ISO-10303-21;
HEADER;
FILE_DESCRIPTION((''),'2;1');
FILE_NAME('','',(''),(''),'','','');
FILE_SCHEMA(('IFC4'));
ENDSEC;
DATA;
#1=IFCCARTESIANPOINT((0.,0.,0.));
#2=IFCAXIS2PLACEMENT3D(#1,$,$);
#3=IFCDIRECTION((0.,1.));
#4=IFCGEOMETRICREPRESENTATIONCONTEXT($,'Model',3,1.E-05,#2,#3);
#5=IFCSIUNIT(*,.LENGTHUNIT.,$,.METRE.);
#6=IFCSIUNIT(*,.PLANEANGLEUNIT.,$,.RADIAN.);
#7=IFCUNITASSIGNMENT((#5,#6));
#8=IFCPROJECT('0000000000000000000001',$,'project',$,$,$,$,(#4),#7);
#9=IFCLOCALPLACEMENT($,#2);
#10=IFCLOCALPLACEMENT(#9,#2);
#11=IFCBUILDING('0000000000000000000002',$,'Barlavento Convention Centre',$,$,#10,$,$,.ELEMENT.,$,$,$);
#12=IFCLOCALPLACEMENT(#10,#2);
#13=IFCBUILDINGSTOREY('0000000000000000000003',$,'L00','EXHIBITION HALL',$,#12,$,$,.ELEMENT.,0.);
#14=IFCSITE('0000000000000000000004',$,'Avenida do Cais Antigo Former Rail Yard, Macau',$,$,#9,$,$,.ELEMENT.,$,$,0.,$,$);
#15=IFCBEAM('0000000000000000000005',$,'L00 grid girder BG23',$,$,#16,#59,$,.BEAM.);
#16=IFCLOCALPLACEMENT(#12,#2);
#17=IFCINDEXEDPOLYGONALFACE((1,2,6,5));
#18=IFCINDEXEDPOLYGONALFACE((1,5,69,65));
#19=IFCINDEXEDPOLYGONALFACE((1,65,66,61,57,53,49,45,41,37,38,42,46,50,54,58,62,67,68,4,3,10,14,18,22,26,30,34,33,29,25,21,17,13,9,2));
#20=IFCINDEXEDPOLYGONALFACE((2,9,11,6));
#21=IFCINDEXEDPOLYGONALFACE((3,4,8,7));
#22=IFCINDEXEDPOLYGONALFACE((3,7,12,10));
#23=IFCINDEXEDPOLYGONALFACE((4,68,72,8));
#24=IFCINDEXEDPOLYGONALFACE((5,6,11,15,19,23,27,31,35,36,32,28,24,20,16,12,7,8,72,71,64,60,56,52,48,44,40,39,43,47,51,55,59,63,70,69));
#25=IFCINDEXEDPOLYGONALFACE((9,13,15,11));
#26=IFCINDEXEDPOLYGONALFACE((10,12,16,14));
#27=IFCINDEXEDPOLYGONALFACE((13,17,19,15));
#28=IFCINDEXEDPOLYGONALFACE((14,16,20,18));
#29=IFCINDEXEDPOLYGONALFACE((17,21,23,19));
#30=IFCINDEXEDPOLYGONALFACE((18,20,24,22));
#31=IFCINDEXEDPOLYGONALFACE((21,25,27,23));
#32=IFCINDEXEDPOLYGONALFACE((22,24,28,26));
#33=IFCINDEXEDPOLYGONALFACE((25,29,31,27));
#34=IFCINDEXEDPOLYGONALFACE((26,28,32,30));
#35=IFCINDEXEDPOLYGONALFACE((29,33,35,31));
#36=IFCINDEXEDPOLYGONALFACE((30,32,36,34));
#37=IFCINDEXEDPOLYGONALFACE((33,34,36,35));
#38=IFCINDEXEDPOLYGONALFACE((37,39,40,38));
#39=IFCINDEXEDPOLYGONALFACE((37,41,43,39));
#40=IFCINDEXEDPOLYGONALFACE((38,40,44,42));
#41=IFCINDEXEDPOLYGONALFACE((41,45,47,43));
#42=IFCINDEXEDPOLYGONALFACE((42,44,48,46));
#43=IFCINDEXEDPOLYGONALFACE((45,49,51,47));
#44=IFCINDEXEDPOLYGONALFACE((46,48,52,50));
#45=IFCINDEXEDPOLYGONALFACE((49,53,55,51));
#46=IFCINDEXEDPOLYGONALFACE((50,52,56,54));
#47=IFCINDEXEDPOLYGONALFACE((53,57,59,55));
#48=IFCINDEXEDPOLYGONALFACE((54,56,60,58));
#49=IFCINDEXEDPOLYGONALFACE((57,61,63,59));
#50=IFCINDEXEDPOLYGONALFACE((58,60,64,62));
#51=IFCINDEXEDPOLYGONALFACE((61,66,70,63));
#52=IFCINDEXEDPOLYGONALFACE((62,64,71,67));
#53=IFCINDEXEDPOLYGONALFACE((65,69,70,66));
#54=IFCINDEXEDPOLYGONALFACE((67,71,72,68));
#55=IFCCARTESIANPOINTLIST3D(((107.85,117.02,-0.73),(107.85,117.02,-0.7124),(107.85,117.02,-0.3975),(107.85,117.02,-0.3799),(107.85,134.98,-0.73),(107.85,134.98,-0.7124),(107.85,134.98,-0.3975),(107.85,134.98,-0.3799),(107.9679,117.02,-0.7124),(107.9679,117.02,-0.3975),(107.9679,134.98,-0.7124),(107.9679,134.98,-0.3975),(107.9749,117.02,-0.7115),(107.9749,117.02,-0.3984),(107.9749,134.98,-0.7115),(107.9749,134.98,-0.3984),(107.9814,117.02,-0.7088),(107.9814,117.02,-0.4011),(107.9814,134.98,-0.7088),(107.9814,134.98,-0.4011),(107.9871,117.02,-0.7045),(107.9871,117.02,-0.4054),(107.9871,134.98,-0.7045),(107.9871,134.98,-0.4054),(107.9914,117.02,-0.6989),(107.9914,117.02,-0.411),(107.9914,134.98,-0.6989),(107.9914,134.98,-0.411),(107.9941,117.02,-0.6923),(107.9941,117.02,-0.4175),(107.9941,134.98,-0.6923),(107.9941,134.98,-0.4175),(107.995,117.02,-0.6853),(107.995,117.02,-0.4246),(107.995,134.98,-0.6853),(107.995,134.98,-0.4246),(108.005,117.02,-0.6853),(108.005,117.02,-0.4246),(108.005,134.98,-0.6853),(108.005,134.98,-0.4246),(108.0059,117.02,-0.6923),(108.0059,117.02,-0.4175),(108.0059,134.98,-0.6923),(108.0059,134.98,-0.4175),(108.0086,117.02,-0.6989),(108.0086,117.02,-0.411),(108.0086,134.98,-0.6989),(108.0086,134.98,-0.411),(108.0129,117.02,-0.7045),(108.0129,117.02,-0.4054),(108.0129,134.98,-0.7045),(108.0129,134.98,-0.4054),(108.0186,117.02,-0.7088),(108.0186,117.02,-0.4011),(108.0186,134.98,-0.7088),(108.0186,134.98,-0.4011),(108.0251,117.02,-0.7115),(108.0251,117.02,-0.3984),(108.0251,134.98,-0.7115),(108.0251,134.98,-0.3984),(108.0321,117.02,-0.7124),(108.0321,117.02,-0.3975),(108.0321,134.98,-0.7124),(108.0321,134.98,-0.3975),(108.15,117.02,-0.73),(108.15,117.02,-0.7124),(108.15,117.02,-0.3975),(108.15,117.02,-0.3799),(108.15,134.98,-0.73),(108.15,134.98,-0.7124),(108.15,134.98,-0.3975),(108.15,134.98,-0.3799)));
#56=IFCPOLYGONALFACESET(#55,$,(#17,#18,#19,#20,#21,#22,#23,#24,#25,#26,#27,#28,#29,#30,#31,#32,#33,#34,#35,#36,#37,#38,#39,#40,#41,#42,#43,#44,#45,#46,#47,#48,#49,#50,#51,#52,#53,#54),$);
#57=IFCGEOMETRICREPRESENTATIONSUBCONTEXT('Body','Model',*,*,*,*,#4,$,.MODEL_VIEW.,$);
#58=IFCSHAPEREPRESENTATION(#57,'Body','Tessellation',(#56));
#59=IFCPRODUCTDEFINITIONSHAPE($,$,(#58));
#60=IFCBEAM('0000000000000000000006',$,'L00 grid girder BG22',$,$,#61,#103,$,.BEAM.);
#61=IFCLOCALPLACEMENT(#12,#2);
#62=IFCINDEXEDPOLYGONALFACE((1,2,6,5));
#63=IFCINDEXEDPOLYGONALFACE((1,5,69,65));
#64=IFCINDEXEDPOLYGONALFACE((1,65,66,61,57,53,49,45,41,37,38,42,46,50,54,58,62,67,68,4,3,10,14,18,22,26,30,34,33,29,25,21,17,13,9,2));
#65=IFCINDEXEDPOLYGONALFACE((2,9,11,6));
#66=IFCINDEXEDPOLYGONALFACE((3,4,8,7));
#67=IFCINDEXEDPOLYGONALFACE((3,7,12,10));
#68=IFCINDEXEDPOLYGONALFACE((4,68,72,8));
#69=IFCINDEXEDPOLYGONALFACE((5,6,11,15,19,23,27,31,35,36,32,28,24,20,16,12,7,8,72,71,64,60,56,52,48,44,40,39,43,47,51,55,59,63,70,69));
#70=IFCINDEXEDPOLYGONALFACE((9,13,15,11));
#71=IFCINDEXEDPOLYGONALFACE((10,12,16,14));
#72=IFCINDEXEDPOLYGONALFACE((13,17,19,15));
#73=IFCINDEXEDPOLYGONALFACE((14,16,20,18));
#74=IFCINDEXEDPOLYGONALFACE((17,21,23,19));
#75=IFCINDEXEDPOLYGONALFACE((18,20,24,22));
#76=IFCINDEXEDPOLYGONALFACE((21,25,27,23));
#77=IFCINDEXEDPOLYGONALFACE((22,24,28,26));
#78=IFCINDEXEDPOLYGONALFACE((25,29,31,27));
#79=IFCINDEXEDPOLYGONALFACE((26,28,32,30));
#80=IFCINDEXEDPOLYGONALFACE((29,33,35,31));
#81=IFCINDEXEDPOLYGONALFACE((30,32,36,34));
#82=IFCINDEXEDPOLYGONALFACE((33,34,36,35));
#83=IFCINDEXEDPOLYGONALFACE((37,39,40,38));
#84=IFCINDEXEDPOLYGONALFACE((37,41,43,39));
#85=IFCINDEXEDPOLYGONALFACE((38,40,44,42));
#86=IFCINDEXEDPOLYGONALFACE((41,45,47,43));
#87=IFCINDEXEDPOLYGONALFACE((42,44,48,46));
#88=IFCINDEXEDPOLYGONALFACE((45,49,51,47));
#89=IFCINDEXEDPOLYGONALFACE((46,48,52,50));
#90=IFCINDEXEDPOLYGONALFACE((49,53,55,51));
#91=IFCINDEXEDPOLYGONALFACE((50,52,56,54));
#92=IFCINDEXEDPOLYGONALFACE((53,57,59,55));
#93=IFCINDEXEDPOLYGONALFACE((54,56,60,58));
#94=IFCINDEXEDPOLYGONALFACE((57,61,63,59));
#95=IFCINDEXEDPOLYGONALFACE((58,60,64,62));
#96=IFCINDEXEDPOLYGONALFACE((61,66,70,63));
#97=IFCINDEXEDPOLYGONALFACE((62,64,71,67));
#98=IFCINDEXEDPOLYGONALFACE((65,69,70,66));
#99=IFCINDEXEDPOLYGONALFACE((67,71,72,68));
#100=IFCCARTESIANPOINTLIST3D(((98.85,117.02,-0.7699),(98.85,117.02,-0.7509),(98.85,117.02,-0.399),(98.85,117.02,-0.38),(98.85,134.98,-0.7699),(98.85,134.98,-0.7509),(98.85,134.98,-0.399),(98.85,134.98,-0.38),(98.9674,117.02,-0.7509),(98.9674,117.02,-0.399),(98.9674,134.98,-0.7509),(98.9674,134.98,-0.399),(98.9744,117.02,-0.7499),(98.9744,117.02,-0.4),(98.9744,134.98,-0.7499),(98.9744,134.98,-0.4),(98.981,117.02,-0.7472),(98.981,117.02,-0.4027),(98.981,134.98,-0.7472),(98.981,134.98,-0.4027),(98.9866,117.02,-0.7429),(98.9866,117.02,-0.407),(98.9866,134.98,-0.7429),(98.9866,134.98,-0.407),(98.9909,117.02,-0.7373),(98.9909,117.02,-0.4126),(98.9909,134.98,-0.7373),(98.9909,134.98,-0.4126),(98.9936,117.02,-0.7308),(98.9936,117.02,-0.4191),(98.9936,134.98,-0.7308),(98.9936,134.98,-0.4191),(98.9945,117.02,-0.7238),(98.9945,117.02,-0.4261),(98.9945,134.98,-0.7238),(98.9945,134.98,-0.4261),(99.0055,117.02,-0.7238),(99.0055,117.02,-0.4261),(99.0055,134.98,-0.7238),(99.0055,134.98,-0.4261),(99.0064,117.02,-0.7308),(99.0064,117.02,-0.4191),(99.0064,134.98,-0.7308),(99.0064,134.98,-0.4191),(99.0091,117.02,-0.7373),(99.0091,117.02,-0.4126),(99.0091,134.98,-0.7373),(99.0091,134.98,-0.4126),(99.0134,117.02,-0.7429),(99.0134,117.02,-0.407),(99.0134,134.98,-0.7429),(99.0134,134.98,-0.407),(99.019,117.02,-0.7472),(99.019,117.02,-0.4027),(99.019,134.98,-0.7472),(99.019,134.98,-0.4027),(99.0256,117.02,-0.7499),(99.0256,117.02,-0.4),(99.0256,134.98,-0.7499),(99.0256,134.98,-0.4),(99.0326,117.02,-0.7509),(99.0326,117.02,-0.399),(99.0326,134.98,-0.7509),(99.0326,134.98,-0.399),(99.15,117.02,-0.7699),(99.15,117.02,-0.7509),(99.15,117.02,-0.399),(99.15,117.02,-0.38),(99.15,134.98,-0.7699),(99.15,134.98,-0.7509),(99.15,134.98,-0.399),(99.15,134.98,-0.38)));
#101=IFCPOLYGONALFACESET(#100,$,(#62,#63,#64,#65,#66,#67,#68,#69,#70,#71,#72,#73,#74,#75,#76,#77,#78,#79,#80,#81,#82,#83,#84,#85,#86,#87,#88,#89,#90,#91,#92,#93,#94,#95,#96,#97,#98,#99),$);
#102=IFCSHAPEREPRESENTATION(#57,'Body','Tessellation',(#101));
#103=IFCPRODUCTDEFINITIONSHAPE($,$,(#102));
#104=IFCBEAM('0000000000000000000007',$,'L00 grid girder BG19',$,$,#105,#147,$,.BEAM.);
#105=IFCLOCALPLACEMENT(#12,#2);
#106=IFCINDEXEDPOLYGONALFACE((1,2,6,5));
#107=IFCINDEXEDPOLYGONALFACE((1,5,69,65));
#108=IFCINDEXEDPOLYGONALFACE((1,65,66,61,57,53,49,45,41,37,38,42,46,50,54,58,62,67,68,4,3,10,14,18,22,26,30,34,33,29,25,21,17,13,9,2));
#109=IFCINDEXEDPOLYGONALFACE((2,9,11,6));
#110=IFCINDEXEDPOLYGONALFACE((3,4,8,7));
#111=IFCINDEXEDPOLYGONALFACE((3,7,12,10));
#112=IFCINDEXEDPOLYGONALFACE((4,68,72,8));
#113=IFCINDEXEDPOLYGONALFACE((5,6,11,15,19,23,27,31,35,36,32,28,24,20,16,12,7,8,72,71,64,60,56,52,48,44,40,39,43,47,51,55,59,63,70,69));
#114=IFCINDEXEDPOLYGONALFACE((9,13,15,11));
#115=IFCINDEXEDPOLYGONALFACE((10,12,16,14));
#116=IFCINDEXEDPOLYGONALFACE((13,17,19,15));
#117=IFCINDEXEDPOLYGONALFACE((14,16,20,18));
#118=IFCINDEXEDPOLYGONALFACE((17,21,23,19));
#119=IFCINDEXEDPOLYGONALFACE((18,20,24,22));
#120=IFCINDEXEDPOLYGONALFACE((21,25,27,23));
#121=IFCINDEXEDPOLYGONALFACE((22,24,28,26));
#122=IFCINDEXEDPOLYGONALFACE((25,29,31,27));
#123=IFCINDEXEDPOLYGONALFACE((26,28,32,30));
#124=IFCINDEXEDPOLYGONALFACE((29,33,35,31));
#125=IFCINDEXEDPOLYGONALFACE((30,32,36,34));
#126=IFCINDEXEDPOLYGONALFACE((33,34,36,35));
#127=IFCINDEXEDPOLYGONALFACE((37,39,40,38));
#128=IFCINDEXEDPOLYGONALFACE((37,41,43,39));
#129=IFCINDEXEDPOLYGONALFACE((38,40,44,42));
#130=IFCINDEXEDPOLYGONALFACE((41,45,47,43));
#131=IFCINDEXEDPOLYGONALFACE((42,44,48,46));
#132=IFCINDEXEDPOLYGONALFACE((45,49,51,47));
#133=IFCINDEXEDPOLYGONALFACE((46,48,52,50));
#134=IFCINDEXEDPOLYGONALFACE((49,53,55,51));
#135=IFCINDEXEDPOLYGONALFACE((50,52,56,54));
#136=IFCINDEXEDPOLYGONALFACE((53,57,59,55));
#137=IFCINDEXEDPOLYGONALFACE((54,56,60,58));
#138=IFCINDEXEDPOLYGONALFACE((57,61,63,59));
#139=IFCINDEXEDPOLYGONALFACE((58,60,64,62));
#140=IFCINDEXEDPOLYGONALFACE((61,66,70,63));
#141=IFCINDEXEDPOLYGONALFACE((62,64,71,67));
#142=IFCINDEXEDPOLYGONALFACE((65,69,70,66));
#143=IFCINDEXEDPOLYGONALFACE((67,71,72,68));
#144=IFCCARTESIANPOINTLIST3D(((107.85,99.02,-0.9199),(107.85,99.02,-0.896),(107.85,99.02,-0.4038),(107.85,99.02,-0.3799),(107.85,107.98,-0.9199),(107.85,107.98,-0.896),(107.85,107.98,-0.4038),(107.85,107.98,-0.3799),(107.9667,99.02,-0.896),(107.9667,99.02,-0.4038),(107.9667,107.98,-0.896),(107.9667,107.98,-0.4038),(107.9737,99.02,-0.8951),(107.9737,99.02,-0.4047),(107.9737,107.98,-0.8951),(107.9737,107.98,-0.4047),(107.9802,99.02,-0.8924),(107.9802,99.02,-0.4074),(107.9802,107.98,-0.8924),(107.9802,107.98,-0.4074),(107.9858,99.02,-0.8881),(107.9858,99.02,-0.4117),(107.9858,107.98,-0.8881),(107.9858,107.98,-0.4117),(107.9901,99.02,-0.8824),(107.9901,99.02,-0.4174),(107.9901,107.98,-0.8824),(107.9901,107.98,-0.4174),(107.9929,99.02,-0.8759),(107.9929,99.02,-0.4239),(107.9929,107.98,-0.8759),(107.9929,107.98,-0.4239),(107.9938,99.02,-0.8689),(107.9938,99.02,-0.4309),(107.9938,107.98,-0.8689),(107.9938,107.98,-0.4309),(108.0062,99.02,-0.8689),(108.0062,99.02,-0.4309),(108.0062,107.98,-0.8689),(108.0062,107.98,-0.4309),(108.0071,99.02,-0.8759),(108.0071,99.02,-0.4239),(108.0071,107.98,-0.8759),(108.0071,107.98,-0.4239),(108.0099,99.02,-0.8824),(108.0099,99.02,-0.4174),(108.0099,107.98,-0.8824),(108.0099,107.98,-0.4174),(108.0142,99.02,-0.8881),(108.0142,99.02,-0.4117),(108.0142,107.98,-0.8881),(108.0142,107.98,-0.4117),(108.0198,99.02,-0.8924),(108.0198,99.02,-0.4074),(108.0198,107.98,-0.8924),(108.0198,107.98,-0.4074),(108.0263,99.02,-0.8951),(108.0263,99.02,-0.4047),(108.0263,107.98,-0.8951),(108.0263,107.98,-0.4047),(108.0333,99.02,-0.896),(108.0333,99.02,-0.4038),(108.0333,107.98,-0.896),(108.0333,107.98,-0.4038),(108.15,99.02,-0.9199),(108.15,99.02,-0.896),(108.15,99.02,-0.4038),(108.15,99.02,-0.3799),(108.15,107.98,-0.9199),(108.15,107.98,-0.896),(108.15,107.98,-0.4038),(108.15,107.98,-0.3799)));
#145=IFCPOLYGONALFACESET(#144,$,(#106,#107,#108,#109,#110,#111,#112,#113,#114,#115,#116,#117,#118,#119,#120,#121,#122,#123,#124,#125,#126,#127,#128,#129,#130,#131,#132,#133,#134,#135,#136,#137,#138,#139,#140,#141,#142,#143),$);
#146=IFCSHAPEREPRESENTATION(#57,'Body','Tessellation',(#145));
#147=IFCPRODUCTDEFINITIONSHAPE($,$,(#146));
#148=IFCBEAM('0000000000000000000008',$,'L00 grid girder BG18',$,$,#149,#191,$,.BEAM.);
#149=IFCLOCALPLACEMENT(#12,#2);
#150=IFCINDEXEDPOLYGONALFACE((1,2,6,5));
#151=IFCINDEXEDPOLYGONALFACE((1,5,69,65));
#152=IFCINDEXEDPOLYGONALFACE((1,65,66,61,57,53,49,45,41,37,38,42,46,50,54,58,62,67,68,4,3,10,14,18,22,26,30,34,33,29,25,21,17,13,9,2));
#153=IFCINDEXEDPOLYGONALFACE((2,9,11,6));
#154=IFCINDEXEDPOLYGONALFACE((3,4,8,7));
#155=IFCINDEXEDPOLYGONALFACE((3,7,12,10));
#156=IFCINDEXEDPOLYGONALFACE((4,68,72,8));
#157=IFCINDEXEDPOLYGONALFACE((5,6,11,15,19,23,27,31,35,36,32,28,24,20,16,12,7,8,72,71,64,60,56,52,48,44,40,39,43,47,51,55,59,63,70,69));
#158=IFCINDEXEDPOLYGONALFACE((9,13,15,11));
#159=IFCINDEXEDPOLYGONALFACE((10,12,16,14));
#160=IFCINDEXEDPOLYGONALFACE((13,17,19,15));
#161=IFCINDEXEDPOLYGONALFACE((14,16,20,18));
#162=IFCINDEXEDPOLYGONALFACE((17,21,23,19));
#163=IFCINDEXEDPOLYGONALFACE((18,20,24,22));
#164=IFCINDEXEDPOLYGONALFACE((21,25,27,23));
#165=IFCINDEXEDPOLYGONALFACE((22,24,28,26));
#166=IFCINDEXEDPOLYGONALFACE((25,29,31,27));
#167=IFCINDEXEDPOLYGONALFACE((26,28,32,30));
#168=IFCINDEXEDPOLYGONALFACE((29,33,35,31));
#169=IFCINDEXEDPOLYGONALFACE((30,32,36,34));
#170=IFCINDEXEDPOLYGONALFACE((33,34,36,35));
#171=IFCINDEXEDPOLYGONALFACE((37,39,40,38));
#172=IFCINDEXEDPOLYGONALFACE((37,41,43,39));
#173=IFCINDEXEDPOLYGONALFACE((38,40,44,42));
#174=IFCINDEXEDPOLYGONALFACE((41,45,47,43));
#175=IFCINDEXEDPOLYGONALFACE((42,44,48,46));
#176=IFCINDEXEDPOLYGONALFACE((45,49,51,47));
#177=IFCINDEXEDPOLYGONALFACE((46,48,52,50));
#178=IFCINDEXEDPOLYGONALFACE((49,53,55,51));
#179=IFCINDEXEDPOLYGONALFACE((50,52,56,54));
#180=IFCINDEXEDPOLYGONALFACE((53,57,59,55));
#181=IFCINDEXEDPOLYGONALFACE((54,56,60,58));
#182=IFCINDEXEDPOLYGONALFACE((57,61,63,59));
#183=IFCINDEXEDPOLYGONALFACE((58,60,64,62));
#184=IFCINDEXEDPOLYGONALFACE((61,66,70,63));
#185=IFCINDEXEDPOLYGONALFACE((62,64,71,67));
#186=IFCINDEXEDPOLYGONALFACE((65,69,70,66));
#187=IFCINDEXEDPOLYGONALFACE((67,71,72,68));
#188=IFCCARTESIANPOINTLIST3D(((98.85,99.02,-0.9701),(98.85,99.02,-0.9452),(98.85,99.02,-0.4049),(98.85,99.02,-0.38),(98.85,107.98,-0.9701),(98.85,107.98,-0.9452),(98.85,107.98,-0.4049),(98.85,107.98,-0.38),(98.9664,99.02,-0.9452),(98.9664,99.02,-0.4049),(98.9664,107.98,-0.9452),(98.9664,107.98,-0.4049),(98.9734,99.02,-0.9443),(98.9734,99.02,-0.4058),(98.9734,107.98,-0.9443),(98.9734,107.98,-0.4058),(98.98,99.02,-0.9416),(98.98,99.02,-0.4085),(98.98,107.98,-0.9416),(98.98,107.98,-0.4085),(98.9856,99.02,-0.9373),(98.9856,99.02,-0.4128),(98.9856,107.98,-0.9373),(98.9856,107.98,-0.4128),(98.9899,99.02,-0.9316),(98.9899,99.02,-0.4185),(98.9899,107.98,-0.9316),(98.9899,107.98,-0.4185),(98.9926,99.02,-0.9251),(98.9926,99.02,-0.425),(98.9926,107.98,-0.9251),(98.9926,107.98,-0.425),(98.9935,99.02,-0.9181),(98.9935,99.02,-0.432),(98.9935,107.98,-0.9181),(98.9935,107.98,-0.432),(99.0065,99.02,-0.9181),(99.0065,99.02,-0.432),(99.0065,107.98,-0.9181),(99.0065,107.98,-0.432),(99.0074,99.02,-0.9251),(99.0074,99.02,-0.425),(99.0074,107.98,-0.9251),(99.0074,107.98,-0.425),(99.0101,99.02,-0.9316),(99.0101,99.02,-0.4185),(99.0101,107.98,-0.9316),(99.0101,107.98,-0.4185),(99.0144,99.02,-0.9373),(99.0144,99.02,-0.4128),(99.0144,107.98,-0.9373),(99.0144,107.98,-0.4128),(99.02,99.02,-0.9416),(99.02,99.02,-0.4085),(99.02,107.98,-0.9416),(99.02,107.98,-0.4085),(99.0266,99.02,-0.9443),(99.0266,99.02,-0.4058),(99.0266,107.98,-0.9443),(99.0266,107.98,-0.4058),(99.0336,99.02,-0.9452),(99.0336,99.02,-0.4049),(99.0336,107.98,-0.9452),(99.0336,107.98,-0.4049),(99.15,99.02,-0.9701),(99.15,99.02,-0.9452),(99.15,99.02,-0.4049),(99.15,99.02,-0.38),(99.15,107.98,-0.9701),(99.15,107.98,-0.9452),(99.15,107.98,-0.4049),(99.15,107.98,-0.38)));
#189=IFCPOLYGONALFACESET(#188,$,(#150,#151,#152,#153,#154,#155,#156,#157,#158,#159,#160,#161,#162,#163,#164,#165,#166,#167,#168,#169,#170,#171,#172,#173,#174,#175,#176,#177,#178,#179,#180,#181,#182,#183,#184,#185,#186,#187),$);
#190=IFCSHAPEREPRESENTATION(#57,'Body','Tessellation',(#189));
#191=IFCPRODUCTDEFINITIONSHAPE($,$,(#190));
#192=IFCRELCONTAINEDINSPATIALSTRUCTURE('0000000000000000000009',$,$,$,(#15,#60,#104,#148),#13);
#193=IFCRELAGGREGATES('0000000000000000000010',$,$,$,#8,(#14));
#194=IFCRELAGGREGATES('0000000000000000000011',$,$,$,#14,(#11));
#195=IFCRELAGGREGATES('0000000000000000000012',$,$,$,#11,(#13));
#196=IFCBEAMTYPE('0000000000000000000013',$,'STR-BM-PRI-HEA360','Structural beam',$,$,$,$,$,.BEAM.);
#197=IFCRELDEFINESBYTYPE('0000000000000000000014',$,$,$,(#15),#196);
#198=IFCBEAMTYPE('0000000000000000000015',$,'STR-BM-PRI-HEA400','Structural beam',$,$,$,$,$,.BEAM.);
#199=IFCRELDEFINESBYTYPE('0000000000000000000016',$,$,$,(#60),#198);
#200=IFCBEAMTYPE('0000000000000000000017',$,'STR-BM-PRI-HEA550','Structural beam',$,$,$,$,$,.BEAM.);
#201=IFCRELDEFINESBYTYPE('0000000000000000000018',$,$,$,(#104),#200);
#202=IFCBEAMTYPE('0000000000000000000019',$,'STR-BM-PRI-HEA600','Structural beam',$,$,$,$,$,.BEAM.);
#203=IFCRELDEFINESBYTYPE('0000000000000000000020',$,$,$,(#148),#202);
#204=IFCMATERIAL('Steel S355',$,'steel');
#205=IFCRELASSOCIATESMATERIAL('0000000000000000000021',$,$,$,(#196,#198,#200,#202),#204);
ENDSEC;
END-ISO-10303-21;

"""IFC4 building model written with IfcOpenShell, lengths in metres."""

from ifc_helpers import new_model, si_unit, direction, frame, origin, origin_2d, place, context, subcontext, project, spatial, i_section, extrude, material, material_profile, profile_set, type_object, element, save


model = new_model("IFC4")

# Units and contexts
model_context = context("Model", 3, precision=1e-05, world=origin(), true_north=direction((0.0, 1.0)))
body_context = subcontext(model_context, "Body", "Model", "MODEL_VIEW")
ifc_project = project(units=[si_unit("LENGTHUNIT", "METRE"), si_unit("PLANEANGLEUNIT", "RADIAN")], contexts=[model_context])

# Site, building, storey
site_placement = place(None, origin())
site = spatial("IfcSite", under=ifc_project, at=site_placement, Name="Avenida do Cais Antigo Former Rail Yard, Macau", CompositionType="ELEMENT", RefElevation=0.0)
building_placement = place(site_placement, origin())
building = spatial("IfcBuilding", under=site, at=building_placement, Name="Barlavento Convention Centre", CompositionType="ELEMENT")
storey_placement = place(building_placement, origin())
storey = spatial("IfcBuildingStorey", under=building, at=storey_placement, Name="L00", Description="EXHIBITION HALL", CompositionType="ELEMENT", Elevation=0.0)

# Beams
ifc_material_1 = material(Name="Steel S355", Category="steel")
ifc_material_profile_1 = material_profile(ifc_material_1, i_section(OverallWidth=0.3, OverallDepth=0.3501, WebThickness=0.01, FlangeThickness=0.0176, FilletRadius=0.0271, at=origin_2d()), Name="HEA 360")
ifc_profile_set_1 = profile_set([ifc_material_profile_1], Name="Steel S355")
beam_type_1 = type_object("IfcBeamType", Name="STR-BM-PRI-HEA360", Description="Structural beam", PredefinedType="BEAM", material=ifc_profile_set_1)
beam_1_placement = place(storey_placement, frame((108.0, 117.02, -0.5549), z_axis=(0.0, 1.0, 0.0), x_axis=(-1.0, 0.0, 0.0)))
element("IfcBeam", 1, at=beam_1_placement, inside=storey, type_object=beam_type_1, Name="L00 grid girder BG23", PredefinedType="BEAM", context=body_context, shape_type="SweptSolid", body=[
    extrude(i_section(OverallWidth=0.3, OverallDepth=0.3501, WebThickness=0.01, FlangeThickness=0.0176, FilletRadius=0.0271, at=origin_2d()), origin(), (0.0, 0.0, 1.0), 17.96),
])
ifc_material_profile_2 = material_profile(ifc_material_1, i_section(OverallWidth=0.3, OverallDepth=0.3899, WebThickness=0.011, FlangeThickness=0.019, FilletRadius=0.0271, at=origin_2d()), Name="HEA 400")
ifc_profile_set_2 = profile_set([ifc_material_profile_2], Name="Steel S355")
beam_type_2 = type_object("IfcBeamType", Name="STR-BM-PRI-HEA400", Description="Structural beam", PredefinedType="BEAM", material=ifc_profile_set_2)
beam_2_placement = place(storey_placement, frame((99.0, 117.02, -0.575), z_axis=(0.0, 1.0, 0.0), x_axis=(-1.0, 0.0, 0.0)))
element("IfcBeam", 2, at=beam_2_placement, inside=storey, type_object=beam_type_2, Name="L00 grid girder BG22", PredefinedType="BEAM", context=body_context, shape_type="SweptSolid", body=[
    extrude(i_section(OverallWidth=0.3, OverallDepth=0.3899, WebThickness=0.011, FlangeThickness=0.019, FilletRadius=0.0271, at=origin_2d()), origin(), (0.0, 0.0, 1.0), 17.96),
])
ifc_material_profile_3 = material_profile(ifc_material_1, i_section(OverallWidth=0.3, OverallDepth=0.54, WebThickness=0.0125, FlangeThickness=0.0239, FilletRadius=0.0271, at=origin_2d()), Name="HEA 550")
ifc_profile_set_3 = profile_set([ifc_material_profile_3], Name="Steel S355")
beam_type_3 = type_object("IfcBeamType", Name="STR-BM-PRI-HEA550", Description="Structural beam", PredefinedType="BEAM", material=ifc_profile_set_3)
beam_3_placement = place(storey_placement, frame((108.0, 99.02, -0.6499), z_axis=(0.0, 1.0, 0.0), x_axis=(-1.0, 0.0, 0.0)))
element("IfcBeam", 3, at=beam_3_placement, inside=storey, type_object=beam_type_3, Name="L00 grid girder BG19", PredefinedType="BEAM", context=body_context, shape_type="SweptSolid", body=[
    extrude(i_section(OverallWidth=0.3, OverallDepth=0.54, WebThickness=0.0125, FlangeThickness=0.0239, FilletRadius=0.0271, at=origin_2d()), origin(), (0.0, 0.0, 1.0), 8.96),
])
ifc_material_profile_4 = material_profile(ifc_material_1, i_section(OverallWidth=0.3, OverallDepth=0.5901, WebThickness=0.0129, FlangeThickness=0.0249, FilletRadius=0.0271, at=origin_2d()), Name="HEA 600")
ifc_profile_set_4 = profile_set([ifc_material_profile_4], Name="Steel S355")
beam_type_4 = type_object("IfcBeamType", Name="STR-BM-PRI-HEA600", Description="Structural beam", PredefinedType="BEAM", material=ifc_profile_set_4)
beam_4_placement = place(storey_placement, frame((99.0, 99.02, -0.675), z_axis=(0.0, 1.0, 0.0), x_axis=(-1.0, 0.0, 0.0)))
element("IfcBeam", 4, at=beam_4_placement, inside=storey, type_object=beam_type_4, Name="L00 grid girder BG18", PredefinedType="BEAM", context=body_context, shape_type="SweptSolid", body=[
    extrude(i_section(OverallWidth=0.3, OverallDepth=0.5901, WebThickness=0.0129, FlangeThickness=0.0249, FilletRadius=0.0271, at=origin_2d()), origin(), (0.0, 0.0, 1.0), 8.96),
])

save(model, "model.ifc")
